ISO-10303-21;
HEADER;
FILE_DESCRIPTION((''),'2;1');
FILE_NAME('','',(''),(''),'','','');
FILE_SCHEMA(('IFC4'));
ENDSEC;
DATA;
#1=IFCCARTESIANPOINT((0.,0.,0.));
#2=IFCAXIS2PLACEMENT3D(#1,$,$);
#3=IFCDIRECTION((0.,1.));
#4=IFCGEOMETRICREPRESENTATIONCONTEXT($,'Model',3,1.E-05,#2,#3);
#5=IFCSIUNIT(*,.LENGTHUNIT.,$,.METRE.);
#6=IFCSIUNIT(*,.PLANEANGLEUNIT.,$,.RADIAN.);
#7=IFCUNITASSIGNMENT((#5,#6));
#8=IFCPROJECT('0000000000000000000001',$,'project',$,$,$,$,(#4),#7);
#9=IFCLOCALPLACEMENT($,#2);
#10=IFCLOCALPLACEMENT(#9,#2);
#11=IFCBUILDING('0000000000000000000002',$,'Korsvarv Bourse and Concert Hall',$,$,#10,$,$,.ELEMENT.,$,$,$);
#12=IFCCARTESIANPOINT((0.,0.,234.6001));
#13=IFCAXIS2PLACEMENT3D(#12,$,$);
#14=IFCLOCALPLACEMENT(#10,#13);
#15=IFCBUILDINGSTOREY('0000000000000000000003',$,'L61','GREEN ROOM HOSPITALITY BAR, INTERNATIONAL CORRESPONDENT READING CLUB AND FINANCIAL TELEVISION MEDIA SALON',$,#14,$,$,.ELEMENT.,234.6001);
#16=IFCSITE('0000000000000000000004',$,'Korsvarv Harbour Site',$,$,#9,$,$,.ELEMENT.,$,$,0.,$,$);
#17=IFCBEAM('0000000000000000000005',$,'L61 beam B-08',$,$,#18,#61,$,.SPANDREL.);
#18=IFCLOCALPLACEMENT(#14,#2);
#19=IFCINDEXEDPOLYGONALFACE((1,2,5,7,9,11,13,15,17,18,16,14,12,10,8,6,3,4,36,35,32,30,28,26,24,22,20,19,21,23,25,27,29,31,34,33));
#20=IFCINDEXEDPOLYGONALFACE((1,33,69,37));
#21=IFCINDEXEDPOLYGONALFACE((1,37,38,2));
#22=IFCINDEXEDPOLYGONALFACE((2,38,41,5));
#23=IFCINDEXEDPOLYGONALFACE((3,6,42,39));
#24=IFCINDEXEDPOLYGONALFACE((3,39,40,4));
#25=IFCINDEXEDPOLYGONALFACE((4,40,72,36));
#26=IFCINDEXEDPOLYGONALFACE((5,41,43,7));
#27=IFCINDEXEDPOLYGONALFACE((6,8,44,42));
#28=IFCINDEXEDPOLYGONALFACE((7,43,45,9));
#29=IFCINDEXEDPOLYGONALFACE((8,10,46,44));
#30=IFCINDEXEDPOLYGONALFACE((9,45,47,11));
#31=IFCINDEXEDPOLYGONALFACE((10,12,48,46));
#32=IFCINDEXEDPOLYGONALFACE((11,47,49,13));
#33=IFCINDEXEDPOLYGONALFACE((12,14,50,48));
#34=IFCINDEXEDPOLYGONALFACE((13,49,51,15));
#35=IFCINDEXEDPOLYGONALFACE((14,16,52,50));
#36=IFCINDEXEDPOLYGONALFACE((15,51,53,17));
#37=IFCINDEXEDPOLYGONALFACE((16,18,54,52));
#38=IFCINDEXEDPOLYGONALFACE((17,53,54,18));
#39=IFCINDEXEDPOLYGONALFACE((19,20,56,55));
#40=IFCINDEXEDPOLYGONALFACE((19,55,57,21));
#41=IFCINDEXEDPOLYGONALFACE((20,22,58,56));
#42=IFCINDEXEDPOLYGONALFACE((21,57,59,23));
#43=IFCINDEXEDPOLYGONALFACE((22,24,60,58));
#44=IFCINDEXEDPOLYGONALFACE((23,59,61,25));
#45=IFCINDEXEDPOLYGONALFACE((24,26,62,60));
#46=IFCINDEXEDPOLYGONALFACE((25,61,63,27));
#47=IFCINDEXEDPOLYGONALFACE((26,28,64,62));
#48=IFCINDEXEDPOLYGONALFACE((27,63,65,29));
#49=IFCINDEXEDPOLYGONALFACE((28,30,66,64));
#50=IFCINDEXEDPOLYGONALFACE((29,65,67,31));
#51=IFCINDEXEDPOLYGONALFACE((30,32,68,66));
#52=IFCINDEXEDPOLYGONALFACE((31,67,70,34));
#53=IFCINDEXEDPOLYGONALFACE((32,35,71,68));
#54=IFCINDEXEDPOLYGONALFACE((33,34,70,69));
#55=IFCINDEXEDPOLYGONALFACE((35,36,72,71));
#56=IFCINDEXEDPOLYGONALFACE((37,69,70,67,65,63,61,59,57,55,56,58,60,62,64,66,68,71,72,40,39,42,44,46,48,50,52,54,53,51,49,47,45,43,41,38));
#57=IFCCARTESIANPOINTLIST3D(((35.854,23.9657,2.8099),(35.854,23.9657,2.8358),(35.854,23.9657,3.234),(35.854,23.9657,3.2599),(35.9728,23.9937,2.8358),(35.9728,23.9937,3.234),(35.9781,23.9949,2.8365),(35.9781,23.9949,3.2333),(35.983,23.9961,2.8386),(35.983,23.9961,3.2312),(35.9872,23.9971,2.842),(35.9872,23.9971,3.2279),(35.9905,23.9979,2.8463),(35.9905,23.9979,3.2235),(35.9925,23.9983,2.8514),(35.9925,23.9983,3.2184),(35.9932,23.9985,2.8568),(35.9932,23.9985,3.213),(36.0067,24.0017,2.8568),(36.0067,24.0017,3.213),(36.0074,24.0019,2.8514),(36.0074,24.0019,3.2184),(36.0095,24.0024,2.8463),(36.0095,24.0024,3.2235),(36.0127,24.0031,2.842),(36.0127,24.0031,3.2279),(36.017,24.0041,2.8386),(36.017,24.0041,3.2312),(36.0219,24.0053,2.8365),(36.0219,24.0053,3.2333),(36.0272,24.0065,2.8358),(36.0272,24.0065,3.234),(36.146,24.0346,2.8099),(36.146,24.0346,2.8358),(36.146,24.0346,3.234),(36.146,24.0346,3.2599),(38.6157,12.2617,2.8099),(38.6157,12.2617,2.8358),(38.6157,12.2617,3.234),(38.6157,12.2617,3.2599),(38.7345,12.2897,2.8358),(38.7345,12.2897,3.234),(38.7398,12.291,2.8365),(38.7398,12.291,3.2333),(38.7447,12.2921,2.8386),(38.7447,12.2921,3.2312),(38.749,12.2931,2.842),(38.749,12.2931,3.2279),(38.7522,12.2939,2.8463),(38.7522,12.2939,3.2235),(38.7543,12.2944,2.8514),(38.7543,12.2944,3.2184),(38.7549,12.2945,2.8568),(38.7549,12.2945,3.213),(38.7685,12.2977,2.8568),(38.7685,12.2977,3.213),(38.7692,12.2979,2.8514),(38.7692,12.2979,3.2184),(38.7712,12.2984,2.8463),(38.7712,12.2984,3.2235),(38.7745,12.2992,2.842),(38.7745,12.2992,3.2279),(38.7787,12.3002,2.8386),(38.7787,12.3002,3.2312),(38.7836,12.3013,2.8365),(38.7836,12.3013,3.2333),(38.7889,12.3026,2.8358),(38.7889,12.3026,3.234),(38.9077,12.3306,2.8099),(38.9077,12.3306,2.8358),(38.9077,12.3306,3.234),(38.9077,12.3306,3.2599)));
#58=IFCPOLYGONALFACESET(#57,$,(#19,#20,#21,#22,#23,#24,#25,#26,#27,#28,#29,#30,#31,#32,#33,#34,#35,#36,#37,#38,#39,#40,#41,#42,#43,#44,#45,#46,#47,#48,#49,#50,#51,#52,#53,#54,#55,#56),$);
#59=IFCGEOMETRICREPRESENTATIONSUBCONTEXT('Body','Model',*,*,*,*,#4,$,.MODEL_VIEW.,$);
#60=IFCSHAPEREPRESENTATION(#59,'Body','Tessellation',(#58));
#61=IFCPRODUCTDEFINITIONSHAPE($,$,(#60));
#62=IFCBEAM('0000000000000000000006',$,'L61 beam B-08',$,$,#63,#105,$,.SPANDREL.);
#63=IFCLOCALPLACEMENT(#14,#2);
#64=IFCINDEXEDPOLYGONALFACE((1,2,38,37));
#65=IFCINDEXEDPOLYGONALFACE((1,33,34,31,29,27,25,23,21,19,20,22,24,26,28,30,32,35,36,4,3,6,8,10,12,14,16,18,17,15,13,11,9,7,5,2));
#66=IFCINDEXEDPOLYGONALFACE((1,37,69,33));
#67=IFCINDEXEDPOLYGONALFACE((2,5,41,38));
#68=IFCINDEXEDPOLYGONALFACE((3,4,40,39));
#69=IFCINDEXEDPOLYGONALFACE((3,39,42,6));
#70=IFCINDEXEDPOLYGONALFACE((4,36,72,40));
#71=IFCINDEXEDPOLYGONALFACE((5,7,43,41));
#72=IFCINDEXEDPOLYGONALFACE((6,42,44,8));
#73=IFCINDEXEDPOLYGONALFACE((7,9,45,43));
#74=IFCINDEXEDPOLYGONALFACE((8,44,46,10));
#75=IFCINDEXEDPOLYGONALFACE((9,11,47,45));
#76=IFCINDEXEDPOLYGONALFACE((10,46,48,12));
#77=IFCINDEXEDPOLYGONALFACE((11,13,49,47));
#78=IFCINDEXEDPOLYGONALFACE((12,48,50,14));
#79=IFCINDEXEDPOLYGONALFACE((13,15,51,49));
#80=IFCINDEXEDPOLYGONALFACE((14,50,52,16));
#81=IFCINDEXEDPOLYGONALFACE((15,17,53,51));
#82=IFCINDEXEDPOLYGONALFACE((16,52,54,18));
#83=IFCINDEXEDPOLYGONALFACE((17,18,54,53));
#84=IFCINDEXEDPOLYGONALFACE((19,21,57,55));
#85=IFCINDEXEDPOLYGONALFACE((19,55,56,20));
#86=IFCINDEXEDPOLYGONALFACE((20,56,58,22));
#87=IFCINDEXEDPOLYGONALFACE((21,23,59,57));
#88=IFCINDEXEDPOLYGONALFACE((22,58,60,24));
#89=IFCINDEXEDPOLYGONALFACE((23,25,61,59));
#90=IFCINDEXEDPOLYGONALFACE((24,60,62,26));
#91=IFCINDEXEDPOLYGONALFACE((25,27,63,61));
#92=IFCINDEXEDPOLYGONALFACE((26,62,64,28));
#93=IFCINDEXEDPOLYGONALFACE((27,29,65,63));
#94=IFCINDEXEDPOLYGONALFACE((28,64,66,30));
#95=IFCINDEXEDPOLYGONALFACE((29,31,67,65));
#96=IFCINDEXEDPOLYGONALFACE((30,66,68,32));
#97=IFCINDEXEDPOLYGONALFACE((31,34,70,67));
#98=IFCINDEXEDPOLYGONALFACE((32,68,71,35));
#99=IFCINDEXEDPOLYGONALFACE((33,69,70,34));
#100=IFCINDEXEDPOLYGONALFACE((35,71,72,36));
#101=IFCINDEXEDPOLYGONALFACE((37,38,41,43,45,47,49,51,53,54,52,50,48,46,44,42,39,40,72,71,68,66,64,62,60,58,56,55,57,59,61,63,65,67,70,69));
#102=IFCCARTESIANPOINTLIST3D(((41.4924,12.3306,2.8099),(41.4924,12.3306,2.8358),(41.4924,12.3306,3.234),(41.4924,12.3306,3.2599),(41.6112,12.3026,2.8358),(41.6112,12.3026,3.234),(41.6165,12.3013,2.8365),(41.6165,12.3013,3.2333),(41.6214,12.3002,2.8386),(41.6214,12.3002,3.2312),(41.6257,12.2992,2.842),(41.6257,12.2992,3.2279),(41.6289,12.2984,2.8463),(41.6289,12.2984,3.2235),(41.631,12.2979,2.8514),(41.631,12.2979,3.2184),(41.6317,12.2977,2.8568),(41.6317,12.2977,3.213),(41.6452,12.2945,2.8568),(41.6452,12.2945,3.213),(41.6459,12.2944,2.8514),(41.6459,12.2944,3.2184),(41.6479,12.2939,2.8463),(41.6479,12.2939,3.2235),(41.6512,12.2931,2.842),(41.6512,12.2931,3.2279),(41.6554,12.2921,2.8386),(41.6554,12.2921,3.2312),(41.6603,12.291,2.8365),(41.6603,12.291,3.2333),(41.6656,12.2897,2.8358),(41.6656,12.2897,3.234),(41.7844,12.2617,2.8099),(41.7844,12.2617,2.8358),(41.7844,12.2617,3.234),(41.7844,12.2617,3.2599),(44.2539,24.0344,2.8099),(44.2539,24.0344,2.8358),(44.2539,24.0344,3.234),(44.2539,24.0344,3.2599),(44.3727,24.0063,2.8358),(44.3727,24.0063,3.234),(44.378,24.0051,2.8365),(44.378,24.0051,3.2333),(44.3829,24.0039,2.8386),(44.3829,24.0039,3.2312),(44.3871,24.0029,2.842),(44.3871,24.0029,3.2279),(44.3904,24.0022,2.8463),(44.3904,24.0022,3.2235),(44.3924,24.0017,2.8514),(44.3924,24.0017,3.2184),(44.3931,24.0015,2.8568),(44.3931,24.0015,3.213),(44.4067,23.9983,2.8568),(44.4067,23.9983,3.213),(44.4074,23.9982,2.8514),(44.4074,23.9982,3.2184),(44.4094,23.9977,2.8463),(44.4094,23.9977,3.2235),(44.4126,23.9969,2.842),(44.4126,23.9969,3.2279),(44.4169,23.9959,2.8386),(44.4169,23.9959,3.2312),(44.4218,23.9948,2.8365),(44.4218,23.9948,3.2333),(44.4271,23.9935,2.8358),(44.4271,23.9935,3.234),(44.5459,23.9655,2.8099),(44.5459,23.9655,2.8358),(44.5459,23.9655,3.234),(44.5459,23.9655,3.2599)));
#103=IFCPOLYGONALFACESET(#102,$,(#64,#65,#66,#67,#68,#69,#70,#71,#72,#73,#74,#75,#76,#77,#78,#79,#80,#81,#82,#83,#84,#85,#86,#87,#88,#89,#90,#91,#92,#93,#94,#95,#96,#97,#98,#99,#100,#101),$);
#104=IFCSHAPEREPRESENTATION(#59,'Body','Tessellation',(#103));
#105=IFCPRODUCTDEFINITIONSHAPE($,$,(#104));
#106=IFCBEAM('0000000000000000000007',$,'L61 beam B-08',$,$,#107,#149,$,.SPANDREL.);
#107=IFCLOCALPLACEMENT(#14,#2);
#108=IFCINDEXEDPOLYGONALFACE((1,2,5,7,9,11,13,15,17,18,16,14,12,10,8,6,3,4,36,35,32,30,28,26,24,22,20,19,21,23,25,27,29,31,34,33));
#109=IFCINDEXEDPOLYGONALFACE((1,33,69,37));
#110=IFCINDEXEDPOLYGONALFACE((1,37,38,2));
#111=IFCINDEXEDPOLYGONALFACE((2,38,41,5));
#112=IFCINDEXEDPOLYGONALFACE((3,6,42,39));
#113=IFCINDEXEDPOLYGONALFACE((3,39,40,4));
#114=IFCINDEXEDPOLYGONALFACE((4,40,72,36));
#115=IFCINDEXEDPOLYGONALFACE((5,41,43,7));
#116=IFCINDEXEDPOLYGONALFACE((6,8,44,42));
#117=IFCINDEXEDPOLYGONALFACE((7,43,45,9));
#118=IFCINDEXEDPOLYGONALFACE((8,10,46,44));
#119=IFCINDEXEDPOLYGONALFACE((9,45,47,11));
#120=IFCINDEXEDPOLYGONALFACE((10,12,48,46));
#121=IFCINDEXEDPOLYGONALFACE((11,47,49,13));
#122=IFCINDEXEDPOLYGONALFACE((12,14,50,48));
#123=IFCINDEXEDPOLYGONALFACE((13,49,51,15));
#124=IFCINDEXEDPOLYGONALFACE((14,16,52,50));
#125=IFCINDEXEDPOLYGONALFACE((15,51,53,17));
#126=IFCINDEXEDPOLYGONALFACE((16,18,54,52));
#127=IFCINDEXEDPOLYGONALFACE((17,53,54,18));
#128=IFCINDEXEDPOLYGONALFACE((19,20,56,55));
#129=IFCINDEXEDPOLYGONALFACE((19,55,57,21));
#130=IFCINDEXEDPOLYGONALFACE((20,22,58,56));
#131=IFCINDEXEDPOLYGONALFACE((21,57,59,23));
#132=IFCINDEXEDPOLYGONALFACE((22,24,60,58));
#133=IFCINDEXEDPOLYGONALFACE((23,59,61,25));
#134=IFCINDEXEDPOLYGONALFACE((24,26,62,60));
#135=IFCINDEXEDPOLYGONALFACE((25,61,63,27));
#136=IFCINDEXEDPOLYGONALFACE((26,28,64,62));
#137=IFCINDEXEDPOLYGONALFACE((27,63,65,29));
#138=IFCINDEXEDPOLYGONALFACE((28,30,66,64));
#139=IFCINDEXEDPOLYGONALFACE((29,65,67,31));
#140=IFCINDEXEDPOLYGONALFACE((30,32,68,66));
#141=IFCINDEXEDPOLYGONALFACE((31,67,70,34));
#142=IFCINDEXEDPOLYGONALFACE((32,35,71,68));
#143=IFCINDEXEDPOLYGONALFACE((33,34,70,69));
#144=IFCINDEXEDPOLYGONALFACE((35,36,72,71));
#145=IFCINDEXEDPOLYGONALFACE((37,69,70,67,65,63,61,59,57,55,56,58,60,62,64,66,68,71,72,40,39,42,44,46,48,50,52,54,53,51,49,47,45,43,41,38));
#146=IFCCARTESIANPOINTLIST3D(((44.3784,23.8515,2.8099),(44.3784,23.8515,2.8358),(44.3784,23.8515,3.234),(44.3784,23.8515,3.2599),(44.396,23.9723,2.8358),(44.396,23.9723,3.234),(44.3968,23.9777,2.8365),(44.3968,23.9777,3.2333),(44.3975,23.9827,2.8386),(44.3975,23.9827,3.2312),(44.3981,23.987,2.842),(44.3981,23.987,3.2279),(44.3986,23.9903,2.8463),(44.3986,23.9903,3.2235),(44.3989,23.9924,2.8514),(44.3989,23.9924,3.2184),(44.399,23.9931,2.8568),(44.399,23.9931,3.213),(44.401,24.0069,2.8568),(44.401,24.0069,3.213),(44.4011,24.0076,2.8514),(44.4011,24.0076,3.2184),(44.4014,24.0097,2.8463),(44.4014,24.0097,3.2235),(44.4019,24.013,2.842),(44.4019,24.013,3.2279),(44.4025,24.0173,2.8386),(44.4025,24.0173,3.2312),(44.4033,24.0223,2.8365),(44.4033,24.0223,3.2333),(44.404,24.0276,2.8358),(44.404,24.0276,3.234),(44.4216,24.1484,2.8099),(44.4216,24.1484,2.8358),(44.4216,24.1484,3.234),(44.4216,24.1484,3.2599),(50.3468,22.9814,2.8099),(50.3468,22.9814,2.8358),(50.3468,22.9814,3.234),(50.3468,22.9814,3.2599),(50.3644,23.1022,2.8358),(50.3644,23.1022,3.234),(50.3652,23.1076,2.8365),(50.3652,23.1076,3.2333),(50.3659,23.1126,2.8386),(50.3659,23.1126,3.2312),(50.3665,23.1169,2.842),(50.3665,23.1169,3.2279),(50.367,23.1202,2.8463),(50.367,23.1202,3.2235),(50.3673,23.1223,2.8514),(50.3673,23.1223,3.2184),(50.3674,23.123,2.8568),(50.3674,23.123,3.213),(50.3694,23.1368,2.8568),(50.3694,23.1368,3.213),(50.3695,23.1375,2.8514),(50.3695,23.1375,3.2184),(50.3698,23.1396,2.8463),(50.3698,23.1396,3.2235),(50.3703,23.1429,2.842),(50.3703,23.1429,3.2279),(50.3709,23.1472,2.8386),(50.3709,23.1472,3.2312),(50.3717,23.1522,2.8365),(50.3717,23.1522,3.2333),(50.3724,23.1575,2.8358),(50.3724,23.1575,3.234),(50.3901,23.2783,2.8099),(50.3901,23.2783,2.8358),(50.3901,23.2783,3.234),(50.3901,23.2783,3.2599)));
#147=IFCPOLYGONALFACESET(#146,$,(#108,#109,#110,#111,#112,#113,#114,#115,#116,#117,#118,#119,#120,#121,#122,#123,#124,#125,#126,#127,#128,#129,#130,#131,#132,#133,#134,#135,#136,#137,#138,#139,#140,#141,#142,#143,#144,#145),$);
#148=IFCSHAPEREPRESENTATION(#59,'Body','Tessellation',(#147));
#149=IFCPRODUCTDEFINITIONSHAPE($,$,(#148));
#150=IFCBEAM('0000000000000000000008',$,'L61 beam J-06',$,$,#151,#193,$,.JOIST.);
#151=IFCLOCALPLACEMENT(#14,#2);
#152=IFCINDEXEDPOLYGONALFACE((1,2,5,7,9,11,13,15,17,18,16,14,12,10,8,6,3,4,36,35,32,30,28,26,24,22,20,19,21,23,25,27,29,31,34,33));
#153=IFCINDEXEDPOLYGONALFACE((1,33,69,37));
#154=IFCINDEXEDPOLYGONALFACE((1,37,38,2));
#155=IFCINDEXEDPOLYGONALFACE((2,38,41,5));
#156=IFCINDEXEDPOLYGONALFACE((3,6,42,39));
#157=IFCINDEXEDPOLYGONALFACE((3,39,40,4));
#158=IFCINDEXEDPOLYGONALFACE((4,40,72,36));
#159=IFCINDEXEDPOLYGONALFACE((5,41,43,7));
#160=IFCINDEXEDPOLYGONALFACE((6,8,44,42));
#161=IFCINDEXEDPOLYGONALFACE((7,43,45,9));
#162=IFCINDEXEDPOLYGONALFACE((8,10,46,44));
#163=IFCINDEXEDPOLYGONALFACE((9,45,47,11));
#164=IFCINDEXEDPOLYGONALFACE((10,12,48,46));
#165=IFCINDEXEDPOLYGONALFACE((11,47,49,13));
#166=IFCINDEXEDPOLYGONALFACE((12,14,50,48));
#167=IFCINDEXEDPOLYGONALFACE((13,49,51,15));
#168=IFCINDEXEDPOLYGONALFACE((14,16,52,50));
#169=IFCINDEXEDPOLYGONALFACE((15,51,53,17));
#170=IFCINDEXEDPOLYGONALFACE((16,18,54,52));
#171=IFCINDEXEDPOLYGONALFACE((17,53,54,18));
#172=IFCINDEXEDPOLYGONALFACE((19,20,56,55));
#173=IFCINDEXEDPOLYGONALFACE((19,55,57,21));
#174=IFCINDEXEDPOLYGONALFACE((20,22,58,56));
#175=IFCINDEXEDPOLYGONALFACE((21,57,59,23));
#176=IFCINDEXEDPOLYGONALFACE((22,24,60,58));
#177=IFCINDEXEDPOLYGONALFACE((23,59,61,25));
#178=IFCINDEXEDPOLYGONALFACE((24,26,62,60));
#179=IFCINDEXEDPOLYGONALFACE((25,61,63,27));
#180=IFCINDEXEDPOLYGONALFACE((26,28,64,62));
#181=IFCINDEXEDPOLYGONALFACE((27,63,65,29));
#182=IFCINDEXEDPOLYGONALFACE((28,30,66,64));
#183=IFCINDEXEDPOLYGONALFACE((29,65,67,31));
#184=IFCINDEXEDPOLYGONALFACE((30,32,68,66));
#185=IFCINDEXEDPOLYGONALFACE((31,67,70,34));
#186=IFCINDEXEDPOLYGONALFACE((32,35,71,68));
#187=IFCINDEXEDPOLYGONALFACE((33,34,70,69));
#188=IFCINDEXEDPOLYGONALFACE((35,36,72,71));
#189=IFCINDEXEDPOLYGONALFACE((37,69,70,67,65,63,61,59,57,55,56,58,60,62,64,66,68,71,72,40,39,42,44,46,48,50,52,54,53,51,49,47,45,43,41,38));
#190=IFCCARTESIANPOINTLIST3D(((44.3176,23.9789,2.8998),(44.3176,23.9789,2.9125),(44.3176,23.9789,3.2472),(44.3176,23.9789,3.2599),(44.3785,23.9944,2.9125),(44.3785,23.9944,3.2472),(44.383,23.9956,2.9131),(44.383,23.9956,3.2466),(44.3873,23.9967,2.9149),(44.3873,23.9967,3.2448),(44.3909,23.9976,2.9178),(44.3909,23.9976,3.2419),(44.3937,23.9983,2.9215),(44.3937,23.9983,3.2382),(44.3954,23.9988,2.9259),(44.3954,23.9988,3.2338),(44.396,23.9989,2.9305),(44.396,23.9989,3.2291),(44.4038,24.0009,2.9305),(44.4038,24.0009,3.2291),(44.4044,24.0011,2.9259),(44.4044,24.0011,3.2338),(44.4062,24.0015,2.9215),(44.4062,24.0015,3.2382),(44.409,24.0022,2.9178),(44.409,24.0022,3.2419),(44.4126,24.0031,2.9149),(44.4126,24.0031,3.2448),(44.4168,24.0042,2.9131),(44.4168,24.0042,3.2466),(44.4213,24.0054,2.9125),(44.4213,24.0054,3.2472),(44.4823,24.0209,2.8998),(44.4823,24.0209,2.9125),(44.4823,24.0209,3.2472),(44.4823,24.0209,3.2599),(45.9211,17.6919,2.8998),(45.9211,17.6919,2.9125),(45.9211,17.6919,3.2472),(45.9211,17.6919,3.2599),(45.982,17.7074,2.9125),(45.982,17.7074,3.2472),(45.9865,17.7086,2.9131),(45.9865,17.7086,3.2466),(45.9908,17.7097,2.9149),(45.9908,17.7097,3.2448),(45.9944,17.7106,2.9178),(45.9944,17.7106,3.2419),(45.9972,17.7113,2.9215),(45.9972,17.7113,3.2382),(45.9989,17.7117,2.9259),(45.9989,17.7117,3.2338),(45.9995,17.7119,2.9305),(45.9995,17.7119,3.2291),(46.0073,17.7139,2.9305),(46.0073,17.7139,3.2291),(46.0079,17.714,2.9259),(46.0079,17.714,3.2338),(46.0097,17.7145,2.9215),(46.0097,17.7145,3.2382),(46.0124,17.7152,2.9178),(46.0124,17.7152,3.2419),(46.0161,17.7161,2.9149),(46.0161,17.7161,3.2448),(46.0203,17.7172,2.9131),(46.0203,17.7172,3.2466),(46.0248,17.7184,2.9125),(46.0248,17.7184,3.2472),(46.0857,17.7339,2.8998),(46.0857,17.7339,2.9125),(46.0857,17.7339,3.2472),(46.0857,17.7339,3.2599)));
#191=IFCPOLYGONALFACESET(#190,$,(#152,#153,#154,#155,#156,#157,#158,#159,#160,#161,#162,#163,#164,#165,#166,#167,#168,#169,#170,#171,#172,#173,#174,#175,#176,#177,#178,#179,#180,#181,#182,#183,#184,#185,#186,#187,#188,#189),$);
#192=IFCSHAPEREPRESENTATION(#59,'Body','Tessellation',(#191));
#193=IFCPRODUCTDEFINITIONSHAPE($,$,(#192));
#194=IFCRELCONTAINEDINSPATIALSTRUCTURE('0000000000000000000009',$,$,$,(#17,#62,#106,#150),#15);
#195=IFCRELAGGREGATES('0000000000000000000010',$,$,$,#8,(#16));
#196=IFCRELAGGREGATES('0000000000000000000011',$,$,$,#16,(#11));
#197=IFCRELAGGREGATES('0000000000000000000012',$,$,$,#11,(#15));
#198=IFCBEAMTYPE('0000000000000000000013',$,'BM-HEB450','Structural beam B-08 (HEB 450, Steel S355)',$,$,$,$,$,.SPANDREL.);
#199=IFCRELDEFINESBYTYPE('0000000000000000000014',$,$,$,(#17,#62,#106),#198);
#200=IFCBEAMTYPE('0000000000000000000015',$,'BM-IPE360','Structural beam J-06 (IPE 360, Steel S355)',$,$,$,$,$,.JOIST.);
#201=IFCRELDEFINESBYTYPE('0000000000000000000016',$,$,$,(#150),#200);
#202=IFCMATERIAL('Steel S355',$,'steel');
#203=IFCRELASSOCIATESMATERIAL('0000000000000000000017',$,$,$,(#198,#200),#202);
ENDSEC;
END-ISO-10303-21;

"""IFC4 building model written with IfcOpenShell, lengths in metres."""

from ifc_helpers import new_model, si_unit, direction, frame, origin, origin_2d, place, context, subcontext, project, spatial, i_section, extrude, source, transform, mapped, material, material_profile, profile_set, type_object, element, save


model = new_model("IFC4")

# Units and contexts
model_context = context("Model", 3, precision=1e-05, world=origin(), true_north=direction((0.0, 1.0)))
body_context = subcontext(model_context, "Body", "Model", "MODEL_VIEW")
ifc_project = project(units=[si_unit("LENGTHUNIT", "METRE"), si_unit("PLANEANGLEUNIT", "RADIAN")], contexts=[model_context])

# Site, building, storey
site_placement = place(None, origin())
site = spatial("IfcSite", under=ifc_project, at=site_placement, Name="Korsvarv Harbour Site", CompositionType="ELEMENT", RefElevation=0.0)
building_placement = place(site_placement, origin())
building = spatial("IfcBuilding", under=site, at=building_placement, Name="Korsvarv Bourse and Concert Hall", CompositionType="ELEMENT")
storey_placement = place(building_placement, frame((0.0, 0.0, 234.6001)))
storey = spatial("IfcBuildingStorey", under=building, at=storey_placement, Name="L61", Description="GREEN ROOM HOSPITALITY BAR, INTERNATIONAL CORRESPONDENT READING CLUB AND FINANCIAL TELEVISION MEDIA SALON", CompositionType="ELEMENT", Elevation=234.6001)

# Shared definitions
ifc_material_1 = material(Name="Steel S355", Category="steel")

# Beams
ifc_material_profile_1 = material_profile(ifc_material_1, i_section(OverallWidth=0.3, OverallDepth=0.45, WebThickness=0.0139, FlangeThickness=0.0259, FilletRadius=0.021, at=origin_2d()), Name="HEB 450")
ifc_profile_set_1 = profile_set([ifc_material_profile_1], Name="Steel S355")
beam_type_1 = type_object("IfcBeamType", Name="BM-HEB450", Description="Structural beam B-08 (HEB 450, Steel S355)", PredefinedType="SPANDREL", material=ifc_profile_set_1)
shared_shape_1 = source(origin(), body_context, "Body", "SweptSolid", [
    extrude(i_section(OverallWidth=0.3, OverallDepth=0.45, WebThickness=0.0139, FlangeThickness=0.0259, FilletRadius=0.021, at=origin_2d()), origin(), (0.0, 0.0, 1.0), 12.0254),
])
beam_1_placement = place(storey_placement, frame((38.7617, 12.2961, 3.0349), z_axis=(-0.229659, 0.973271, 0.0), x_axis=(-0.973271, -0.229659, 0.0)))
element("IfcBeam", 1, at=beam_1_placement, inside=storey, type_object=beam_type_1, Name="L61 beam B-08", PredefinedType="SPANDREL", context=body_context, shape_type="MappedRepresentation", body=[
    mapped(shared_shape_1, transform((0.0, 0.0, 0.0), scale=1.0)),
])
shared_shape_2 = source(origin(), body_context, "Body", "SweptSolid", [
    extrude(i_section(OverallWidth=0.3, OverallDepth=0.45, WebThickness=0.0139, FlangeThickness=0.0259, FilletRadius=0.021, at=origin_2d()), origin(), (0.0, 0.0, 1.0), 12.0251),
])
beam_2_placement = place(storey_placement, frame((41.6384, 12.2961, 3.0349), z_axis=(0.22964, 0.973276, 0.0), x_axis=(-0.973276, 0.22964, 0.0)))
element("IfcBeam", 2, at=beam_2_placement, inside=storey, type_object=beam_type_1, Name="L61 beam B-08", PredefinedType="SPANDREL", context=body_context, shape_type="MappedRepresentation", body=[
    mapped(shared_shape_2, transform((0.0, 0.0, 0.0), scale=1.0)),
])
shared_shape_3 = source(origin(), body_context, "Body", "SweptSolid", [
    extrude(i_section(OverallWidth=0.3, OverallDepth=0.45, WebThickness=0.0139, FlangeThickness=0.0259, FilletRadius=0.021, at=origin_2d()), origin(), (0.0, 0.0, 1.0), 6.0315),
])
beam_3_placement = place(storey_placement, frame((50.3684, 23.1299, 3.0349), z_axis=(-0.98954, 0.14426, 0.0), x_axis=(-0.14426, -0.98954, 0.0)))
element("IfcBeam", 3, at=beam_3_placement, inside=storey, type_object=beam_type_1, Name="L61 beam B-08", PredefinedType="SPANDREL", context=body_context, shape_type="MappedRepresentation", body=[
    mapped(shared_shape_3, transform((0.0, 0.0, 0.0), scale=1.0)),
])
ifc_material_profile_2 = material_profile(ifc_material_1, i_section(OverallWidth=0.1699, OverallDepth=0.3601, WebThickness=0.0081, FlangeThickness=0.0127, FilletRadius=0.0181, at=origin_2d()), Name="IPE 360")
ifc_profile_set_2 = profile_set([ifc_material_profile_2], Name="Steel S355")
beam_type_2 = type_object("IfcBeamType", Name="BM-IPE360", Description="Structural beam J-06 (IPE 360, Steel S355)", PredefinedType="JOIST", material=ifc_profile_set_2)
shared_shape_4 = source(origin(), body_context, "Body", "SweptSolid", [
    extrude(i_section(OverallWidth=0.1699, OverallDepth=0.3601, WebThickness=0.0081, FlangeThickness=0.0127, FilletRadius=0.0181, at=origin_2d()), origin(), (0.0, 0.0, 1.0), 6.4883),
])
beam_4_placement = place(storey_placement, frame((46.0034, 17.7129, 3.0798), z_axis=(-0.247137, 0.968981, 0.0), x_axis=(-0.968981, -0.247137, 0.0)))
element("IfcBeam", 4, at=beam_4_placement, inside=storey, type_object=beam_type_2, Name="L61 beam J-06", PredefinedType="JOIST", context=body_context, shape_type="MappedRepresentation", body=[
    mapped(shared_shape_4, transform((0.0, 0.0, 0.0), scale=1.0)),
])

save(model, "model.ifc")
